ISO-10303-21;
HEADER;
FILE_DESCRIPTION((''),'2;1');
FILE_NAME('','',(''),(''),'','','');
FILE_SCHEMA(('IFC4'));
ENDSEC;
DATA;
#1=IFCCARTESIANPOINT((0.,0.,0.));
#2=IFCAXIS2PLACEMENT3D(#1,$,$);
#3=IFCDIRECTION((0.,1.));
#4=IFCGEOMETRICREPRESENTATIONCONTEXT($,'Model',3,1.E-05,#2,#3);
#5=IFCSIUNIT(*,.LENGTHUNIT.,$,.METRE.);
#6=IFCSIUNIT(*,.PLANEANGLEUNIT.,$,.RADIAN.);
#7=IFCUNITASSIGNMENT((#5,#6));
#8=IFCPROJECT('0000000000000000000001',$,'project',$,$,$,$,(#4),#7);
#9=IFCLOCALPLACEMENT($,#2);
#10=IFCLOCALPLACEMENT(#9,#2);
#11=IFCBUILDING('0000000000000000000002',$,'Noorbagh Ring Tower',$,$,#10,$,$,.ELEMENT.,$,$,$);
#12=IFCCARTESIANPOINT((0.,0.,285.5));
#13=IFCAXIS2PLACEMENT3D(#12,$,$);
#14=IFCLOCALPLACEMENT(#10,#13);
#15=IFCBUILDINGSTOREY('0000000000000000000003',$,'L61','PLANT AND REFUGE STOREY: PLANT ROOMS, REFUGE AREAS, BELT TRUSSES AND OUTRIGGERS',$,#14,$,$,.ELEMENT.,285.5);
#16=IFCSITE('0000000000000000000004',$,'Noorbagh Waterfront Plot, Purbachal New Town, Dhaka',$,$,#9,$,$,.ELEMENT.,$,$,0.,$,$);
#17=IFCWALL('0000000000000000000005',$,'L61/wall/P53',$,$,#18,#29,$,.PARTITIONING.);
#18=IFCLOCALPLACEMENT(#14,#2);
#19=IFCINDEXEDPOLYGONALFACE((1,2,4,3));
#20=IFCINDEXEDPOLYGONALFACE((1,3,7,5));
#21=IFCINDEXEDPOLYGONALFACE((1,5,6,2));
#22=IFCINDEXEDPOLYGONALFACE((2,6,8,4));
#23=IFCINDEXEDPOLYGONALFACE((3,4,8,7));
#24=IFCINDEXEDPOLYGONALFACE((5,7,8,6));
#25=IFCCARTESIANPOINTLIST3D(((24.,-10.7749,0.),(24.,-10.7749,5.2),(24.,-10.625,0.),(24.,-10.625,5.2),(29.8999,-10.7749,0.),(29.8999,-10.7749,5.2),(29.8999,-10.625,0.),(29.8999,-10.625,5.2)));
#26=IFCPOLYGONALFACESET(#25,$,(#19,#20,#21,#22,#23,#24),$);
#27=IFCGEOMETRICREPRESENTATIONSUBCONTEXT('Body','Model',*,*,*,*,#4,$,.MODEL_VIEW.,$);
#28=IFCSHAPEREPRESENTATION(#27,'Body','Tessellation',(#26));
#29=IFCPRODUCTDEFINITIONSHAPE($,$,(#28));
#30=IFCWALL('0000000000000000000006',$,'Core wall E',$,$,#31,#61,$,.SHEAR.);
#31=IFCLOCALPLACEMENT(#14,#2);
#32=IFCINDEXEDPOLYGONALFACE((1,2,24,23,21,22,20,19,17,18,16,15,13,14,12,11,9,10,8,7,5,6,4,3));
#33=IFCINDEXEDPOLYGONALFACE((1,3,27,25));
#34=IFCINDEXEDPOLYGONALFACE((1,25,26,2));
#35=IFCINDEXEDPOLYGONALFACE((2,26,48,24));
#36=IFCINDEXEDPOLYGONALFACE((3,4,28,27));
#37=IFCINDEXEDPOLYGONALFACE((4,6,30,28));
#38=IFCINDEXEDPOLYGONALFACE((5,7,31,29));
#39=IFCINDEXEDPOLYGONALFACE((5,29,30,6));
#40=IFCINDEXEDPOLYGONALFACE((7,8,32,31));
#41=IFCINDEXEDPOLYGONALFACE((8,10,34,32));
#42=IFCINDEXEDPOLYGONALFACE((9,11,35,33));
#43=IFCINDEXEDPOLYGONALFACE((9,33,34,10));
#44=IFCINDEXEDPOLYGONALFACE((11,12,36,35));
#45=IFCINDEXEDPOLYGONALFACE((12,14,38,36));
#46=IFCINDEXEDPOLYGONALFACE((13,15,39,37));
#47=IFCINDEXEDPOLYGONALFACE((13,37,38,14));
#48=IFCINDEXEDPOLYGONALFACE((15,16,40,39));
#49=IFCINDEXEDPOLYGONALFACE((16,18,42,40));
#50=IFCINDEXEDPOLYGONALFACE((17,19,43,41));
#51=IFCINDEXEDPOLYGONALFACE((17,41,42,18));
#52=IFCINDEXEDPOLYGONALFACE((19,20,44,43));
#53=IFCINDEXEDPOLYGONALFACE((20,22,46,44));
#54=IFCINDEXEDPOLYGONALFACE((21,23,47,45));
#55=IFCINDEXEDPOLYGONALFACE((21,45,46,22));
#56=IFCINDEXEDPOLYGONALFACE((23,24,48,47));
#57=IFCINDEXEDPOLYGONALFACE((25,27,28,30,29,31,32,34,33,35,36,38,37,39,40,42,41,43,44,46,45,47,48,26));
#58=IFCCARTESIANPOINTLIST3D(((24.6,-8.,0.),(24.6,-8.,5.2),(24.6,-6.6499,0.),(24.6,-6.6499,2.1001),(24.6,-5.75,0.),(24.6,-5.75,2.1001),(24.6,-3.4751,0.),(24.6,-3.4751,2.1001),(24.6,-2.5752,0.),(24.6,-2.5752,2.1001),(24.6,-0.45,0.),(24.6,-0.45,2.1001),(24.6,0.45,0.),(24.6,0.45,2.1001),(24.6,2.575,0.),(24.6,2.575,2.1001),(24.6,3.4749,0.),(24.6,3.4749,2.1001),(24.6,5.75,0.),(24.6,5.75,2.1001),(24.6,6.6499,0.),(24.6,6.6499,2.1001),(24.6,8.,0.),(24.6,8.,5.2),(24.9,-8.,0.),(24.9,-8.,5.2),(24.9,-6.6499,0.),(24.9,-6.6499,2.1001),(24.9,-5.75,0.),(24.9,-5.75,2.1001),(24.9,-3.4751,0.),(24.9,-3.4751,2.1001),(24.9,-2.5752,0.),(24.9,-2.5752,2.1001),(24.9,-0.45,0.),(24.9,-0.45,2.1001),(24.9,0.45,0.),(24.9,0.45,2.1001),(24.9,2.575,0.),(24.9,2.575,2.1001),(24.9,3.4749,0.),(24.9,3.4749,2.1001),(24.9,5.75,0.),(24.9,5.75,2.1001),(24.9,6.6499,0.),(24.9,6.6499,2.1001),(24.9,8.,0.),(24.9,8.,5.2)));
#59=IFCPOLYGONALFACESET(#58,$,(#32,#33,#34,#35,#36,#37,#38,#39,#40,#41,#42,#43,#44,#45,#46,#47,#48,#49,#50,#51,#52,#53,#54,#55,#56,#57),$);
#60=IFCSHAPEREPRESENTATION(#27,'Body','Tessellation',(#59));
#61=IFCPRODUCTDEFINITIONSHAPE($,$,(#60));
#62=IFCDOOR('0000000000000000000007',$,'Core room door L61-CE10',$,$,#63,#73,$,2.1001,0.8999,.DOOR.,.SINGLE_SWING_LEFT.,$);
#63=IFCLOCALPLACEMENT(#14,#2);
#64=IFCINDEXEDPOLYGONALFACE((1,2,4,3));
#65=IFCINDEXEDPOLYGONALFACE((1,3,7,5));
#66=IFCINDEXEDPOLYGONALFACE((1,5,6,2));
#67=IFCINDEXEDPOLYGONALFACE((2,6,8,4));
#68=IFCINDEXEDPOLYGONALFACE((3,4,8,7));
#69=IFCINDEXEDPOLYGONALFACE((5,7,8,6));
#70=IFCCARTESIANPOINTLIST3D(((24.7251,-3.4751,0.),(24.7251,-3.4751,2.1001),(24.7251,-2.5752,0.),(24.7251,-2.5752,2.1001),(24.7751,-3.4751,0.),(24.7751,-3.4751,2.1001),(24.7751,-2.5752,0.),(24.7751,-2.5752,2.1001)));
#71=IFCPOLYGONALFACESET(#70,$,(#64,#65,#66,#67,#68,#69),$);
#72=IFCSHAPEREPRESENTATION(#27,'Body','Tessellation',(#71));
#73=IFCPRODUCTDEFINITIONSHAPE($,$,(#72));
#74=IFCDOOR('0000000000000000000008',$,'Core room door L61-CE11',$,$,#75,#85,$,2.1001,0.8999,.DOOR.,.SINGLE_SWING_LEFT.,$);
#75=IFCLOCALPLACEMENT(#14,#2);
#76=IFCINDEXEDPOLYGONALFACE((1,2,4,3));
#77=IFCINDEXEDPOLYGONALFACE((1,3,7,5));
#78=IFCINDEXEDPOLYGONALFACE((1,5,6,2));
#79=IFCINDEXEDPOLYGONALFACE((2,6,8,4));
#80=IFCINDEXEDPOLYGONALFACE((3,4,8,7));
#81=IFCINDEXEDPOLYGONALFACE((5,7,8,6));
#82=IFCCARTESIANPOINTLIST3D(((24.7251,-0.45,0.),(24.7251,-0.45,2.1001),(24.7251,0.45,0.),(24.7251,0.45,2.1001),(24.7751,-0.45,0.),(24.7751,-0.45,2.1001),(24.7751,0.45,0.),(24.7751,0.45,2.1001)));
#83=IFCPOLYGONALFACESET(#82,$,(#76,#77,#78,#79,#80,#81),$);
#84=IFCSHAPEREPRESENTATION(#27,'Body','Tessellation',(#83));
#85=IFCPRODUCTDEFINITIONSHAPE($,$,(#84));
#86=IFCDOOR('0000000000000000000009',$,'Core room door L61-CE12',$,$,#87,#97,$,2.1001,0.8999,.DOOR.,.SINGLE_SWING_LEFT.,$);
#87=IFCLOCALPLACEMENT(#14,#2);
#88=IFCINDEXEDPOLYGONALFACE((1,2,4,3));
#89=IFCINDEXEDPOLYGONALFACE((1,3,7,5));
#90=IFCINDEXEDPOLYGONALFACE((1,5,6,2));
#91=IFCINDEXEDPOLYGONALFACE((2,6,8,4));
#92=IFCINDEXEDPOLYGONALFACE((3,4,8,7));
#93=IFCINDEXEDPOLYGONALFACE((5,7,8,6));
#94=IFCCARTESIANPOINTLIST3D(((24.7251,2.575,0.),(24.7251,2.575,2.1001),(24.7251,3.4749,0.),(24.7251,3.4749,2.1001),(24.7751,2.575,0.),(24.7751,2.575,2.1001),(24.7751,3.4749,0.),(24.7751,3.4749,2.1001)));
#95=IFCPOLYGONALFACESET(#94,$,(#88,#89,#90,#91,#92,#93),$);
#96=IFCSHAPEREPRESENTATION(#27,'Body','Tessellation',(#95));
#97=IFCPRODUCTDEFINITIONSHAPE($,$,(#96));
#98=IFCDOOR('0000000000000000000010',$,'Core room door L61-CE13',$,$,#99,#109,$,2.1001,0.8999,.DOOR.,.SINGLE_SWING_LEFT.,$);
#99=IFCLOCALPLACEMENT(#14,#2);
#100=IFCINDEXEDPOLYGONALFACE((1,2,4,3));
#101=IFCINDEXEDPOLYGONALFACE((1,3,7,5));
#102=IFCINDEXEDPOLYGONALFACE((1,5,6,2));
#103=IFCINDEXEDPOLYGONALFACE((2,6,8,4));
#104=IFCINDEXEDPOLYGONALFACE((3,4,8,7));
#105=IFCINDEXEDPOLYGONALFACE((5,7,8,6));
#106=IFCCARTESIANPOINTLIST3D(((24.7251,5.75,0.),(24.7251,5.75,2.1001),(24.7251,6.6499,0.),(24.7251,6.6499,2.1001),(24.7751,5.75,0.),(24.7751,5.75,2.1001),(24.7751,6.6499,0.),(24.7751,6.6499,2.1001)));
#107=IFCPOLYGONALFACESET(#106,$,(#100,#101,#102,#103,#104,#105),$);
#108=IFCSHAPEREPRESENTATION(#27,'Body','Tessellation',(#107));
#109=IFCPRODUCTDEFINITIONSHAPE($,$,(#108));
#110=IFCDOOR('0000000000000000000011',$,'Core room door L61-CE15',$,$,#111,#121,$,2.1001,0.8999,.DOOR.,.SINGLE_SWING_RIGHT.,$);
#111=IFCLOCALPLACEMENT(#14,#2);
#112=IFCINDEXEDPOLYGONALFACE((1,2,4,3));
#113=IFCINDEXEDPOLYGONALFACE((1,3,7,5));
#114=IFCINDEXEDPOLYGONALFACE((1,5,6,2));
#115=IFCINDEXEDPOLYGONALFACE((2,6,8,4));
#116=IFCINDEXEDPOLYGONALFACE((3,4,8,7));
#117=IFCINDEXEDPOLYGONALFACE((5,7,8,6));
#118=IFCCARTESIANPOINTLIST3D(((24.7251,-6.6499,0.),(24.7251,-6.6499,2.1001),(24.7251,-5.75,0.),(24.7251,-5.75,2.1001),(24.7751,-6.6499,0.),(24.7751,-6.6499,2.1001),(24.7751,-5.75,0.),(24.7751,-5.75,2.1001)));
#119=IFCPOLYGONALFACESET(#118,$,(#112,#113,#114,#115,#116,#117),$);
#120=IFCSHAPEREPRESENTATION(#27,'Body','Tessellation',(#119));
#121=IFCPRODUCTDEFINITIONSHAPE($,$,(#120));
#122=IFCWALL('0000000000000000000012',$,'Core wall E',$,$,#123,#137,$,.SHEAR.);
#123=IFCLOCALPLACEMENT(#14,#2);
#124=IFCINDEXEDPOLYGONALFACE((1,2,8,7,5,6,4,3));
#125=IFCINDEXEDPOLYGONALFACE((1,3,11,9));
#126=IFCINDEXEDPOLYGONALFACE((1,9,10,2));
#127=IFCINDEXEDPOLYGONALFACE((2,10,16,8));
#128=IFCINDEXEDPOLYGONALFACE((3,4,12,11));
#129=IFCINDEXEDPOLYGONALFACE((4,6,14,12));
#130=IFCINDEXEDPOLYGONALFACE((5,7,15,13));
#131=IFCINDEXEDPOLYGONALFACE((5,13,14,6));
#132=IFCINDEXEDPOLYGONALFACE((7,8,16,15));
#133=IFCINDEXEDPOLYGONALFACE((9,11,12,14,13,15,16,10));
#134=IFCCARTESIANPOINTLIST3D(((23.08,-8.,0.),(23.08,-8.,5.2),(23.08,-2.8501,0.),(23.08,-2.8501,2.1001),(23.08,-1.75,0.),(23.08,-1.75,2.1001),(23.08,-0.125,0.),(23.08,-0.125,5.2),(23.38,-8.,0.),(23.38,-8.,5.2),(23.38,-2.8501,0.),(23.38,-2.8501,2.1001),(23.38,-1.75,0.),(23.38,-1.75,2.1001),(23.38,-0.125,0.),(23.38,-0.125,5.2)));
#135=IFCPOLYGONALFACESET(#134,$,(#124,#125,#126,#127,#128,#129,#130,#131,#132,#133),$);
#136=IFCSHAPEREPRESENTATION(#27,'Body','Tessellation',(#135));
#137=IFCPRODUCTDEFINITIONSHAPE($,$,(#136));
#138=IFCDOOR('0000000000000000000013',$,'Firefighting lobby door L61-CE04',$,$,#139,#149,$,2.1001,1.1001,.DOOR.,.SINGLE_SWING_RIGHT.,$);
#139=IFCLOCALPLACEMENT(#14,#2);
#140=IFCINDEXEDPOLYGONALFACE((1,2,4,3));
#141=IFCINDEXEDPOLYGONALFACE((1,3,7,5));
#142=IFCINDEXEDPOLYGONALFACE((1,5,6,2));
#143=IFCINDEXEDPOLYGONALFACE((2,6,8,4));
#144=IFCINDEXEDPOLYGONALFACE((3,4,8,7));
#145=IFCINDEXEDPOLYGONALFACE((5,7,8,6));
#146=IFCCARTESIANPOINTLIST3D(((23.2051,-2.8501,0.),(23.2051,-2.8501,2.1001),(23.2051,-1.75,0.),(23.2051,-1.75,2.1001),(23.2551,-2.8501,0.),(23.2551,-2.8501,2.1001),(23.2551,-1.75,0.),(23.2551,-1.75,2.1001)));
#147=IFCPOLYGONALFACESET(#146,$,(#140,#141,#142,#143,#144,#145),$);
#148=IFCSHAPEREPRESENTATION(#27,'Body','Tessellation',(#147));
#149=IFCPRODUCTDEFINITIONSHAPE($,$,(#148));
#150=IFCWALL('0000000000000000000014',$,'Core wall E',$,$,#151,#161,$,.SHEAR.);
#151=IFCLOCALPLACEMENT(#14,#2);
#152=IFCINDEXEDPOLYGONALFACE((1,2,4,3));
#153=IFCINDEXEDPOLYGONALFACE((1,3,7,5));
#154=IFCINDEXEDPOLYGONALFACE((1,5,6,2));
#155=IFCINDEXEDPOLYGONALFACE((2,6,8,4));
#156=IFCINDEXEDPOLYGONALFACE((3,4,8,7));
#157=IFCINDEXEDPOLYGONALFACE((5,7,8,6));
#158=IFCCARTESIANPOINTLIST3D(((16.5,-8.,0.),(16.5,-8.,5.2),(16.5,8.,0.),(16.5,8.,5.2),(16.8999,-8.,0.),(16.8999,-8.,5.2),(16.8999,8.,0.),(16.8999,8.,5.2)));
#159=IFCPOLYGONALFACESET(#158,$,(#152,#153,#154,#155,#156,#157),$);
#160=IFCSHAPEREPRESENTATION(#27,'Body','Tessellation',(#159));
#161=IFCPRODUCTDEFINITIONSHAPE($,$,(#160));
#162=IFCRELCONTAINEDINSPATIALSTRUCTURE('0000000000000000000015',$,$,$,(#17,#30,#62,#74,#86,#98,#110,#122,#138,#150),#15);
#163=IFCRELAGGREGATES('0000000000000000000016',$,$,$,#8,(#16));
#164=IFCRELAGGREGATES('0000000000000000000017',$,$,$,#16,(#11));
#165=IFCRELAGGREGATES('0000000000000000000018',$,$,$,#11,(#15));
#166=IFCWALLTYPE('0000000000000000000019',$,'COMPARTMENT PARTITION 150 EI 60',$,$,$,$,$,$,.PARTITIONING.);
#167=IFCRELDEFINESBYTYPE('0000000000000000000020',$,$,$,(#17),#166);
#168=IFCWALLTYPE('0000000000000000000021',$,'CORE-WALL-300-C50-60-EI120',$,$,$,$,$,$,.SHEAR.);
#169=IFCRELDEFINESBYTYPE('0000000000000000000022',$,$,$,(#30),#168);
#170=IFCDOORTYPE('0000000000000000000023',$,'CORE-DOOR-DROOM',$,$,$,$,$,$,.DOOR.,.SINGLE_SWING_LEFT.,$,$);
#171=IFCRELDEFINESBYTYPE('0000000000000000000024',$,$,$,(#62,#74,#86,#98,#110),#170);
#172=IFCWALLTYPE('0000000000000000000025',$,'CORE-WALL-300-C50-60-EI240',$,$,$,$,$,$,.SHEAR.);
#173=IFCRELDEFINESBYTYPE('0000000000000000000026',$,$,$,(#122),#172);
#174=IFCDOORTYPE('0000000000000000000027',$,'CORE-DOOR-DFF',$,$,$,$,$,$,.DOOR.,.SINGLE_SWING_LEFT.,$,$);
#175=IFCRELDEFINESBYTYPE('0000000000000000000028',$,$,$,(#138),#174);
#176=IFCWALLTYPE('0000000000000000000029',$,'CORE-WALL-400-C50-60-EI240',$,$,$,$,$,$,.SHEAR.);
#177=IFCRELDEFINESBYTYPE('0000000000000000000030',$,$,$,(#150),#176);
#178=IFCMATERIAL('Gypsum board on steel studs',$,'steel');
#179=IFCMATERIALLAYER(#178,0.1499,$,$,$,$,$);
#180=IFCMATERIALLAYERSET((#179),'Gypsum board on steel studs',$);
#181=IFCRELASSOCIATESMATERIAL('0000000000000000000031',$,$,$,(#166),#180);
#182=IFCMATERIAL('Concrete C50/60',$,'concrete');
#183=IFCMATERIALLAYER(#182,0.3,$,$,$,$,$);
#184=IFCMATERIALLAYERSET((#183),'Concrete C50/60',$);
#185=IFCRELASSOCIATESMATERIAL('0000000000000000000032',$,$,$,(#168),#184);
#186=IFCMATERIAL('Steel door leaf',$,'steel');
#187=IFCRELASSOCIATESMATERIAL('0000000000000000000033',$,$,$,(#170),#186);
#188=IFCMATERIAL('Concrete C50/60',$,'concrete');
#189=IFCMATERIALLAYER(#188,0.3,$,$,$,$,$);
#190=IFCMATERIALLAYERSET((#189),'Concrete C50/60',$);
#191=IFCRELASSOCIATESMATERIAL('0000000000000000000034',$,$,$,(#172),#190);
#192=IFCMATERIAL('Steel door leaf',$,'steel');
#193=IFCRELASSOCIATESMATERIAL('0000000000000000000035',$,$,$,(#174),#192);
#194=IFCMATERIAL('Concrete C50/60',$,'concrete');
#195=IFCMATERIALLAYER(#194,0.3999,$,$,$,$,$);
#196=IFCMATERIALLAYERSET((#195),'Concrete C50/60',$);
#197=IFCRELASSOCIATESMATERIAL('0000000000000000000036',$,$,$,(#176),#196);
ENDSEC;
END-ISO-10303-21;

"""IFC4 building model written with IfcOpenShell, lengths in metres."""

from ifc_helpers import new_model, si_unit, direction, frame, frame_2d, origin, place, context, subcontext, project, spatial, rectangle, extrude, material, layer, layer_set, type_object, element, fill, save


model = new_model("IFC4")

# Units and contexts
model_context = context("Model", 3, precision=1e-05, world=origin(), true_north=direction((0.0, 1.0)))
body_context = subcontext(model_context, "Body", "Model", "MODEL_VIEW")
ifc_project = project(units=[si_unit("LENGTHUNIT", "METRE"), si_unit("PLANEANGLEUNIT", "RADIAN")], contexts=[model_context])

# Site, building, storey
site_placement = place(None, origin())
site = spatial("IfcSite", under=ifc_project, at=site_placement, Name="Noorbagh Waterfront Plot, Purbachal New Town, Dhaka", CompositionType="ELEMENT", RefElevation=0.0)
building_placement = place(site_placement, origin())
building = spatial("IfcBuilding", under=site, at=building_placement, Name="Noorbagh Ring Tower", CompositionType="ELEMENT")
storey_placement = place(building_placement, frame((0.0, 0.0, 285.5)))
storey = spatial("IfcBuildingStorey", under=building, at=storey_placement, Name="L61", Description="PLANT AND REFUGE STOREY: PLANT ROOMS, REFUGE AREAS, BELT TRUSSES AND OUTRIGGERS", CompositionType="ELEMENT", Elevation=285.5)

# Wall
ifc_material_1 = material(Name="Gypsum board on steel studs", Category="steel")
ifc_layer_1 = layer(ifc_material_1, 0.1499)
ifc_layer_set_1 = layer_set([ifc_layer_1], Name="Gypsum board on steel studs")
wall_type_1 = type_object("IfcWallType", Name="COMPARTMENT PARTITION 150 EI 60", PredefinedType="PARTITIONING", material=ifc_layer_set_1)
wall_1_placement = place(storey_placement, frame((24.0, -10.7, 0.0), z_axis=(0.0, 0.0, 1.0), x_axis=(1.0, 0.0, 0.0)))
element("IfcWall", 1, at=wall_1_placement, inside=storey, type_object=wall_type_1, Name="L61/wall/P53", PredefinedType="PARTITIONING", context=body_context, shape_type="SweptSolid", body=[
    extrude(rectangle(XDim=5.8999, YDim=0.1499, at=frame_2d((2.95, 0.0))), origin(), (0.0, 0.0, 1.0), 5.2),
])

# Wall, openings, doors
ifc_material_2 = material(Name="Concrete C50/60", Category="concrete")
ifc_layer_2 = layer(ifc_material_2, 0.3)
ifc_layer_set_2 = layer_set([ifc_layer_2], Name="Concrete C50/60")
wall_type_2 = type_object("IfcWallType", Name="CORE-WALL-300-C50-60-EI120", PredefinedType="SHEAR", material=ifc_layer_set_2)
wall_2_placement = place(storey_placement, frame((24.75, -8.0, 0.0), z_axis=(0.0, 0.0, 1.0), x_axis=(0.0, 1.0, 0.0)))
wall_2 = element("IfcWall", 2, at=wall_2_placement, inside=storey, type_object=wall_type_2, Name="Core wall E", PredefinedType="SHEAR", context=body_context, shape_type="SweptSolid", body=[
    extrude(rectangle(XDim=16.0, YDim=0.3, at=frame_2d((8.0, 0.0))), origin(), (0.0, 0.0, 1.0), 5.2),
])
opening_1_placement = place(wall_2_placement, frame((4.5249, 0.0, 0.0)))
opening_1 = element("IfcOpeningElement", 3, at=opening_1_placement, cuts=wall_2, PredefinedType="OPENING", context=body_context, shape_type="SweptSolid", body=[
    extrude(rectangle(XDim=0.8999, YDim=2.1001, at=frame_2d((0.45, 1.05))), frame((0.0, 0.1602, 0.0), z_axis=(0.0, -1.0, 0.0), x_axis=(1.0, 0.0, 0.0)), (0.0, 0.0, 1.0), 0.3201),
])
opening_2_placement = place(wall_2_placement, frame((7.55, 0.0, 0.0)))
opening_2 = element("IfcOpeningElement", 4, at=opening_2_placement, cuts=wall_2, PredefinedType="OPENING", context=body_context, shape_type="SweptSolid", body=[
    extrude(rectangle(XDim=0.8999, YDim=2.1001, at=frame_2d((0.45, 1.05))), frame((0.0, 0.1602, 0.0), z_axis=(0.0, -1.0, 0.0), x_axis=(1.0, 0.0, 0.0)), (0.0, 0.0, 1.0), 0.3201),
])
opening_3_placement = place(wall_2_placement, frame((10.575, 0.0, 0.0)))
opening_3 = element("IfcOpeningElement", 5, at=opening_3_placement, cuts=wall_2, PredefinedType="OPENING", context=body_context, shape_type="SweptSolid", body=[
    extrude(rectangle(XDim=0.8999, YDim=2.1001, at=frame_2d((0.45, 1.05))), frame((0.0, 0.1602, 0.0), z_axis=(0.0, -1.0, 0.0), x_axis=(1.0, 0.0, 0.0)), (0.0, 0.0, 1.0), 0.3201),
])
opening_4_placement = place(wall_2_placement, frame((13.75, 0.0, 0.0)))
opening_4 = element("IfcOpeningElement", 6, at=opening_4_placement, cuts=wall_2, PredefinedType="OPENING", context=body_context, shape_type="SweptSolid", body=[
    extrude(rectangle(XDim=0.8999, YDim=2.1001, at=frame_2d((0.45, 1.05))), frame((0.0, 0.1602, 0.0), z_axis=(0.0, -1.0, 0.0), x_axis=(1.0, 0.0, 0.0)), (0.0, 0.0, 1.0), 0.3201),
])
opening_5_placement = place(wall_2_placement, frame((1.3501, 0.0, 0.0)))
opening_5 = element("IfcOpeningElement", 7, at=opening_5_placement, cuts=wall_2, PredefinedType="OPENING", context=body_context, shape_type="SweptSolid", body=[
    extrude(rectangle(XDim=0.8999, YDim=2.1001, at=frame_2d((0.45, 1.05))), frame((0.0, 0.1602, 0.0), z_axis=(0.0, -1.0, 0.0), x_axis=(1.0, 0.0, 0.0)), (0.0, 0.0, 1.0), 0.3201),
])
ifc_material_3 = material(Name="Steel door leaf", Category="steel")
door_type_1 = type_object("IfcDoorType", Name="CORE-DOOR-DROOM", OperationType="SINGLE_SWING_LEFT", PredefinedType="DOOR", material=ifc_material_3)
door_1_placement = place(opening_1_placement, origin())
door_1 = element("IfcDoor", 8, at=door_1_placement, inside=storey, type_object=door_type_1, Name="Core room door L61-CE10", OperationType="SINGLE_SWING_LEFT", OverallHeight=2.1001, OverallWidth=0.8999, PredefinedType="DOOR", context=body_context, shape_type="SweptSolid", body=[
    extrude(rectangle(XDim=0.8999, YDim=2.1001, at=frame_2d((0.45, 1.05))), frame((0.0, 0.0249, 0.0), z_axis=(0.0, -1.0, 0.0), x_axis=(1.0, 0.0, 0.0)), (0.0, 0.0, 1.0), 0.05),
])
fill(opening_1, door_1)
door_2_placement = place(opening_2_placement, origin())
door_2 = element("IfcDoor", 9, at=door_2_placement, inside=storey, type_object=door_type_1, Name="Core room door L61-CE11", OperationType="SINGLE_SWING_LEFT", OverallHeight=2.1001, OverallWidth=0.8999, PredefinedType="DOOR", context=body_context, shape_type="SweptSolid", body=[
    extrude(rectangle(XDim=0.8999, YDim=2.1001, at=frame_2d((0.45, 1.05))), frame((0.0, 0.0249, 0.0), z_axis=(0.0, -1.0, 0.0), x_axis=(1.0, 0.0, 0.0)), (0.0, 0.0, 1.0), 0.05),
])
fill(opening_2, door_2)
door_3_placement = place(opening_3_placement, origin())
door_3 = element("IfcDoor", 10, at=door_3_placement, inside=storey, type_object=door_type_1, Name="Core room door L61-CE12", OperationType="SINGLE_SWING_LEFT", OverallHeight=2.1001, OverallWidth=0.8999, PredefinedType="DOOR", context=body_context, shape_type="SweptSolid", body=[
    extrude(rectangle(XDim=0.8999, YDim=2.1001, at=frame_2d((0.45, 1.05))), frame((0.0, 0.0249, 0.0), z_axis=(0.0, -1.0, 0.0), x_axis=(1.0, 0.0, 0.0)), (0.0, 0.0, 1.0), 0.05),
])
fill(opening_3, door_3)
door_4_placement = place(opening_4_placement, origin())
door_4 = element("IfcDoor", 11, at=door_4_placement, inside=storey, type_object=door_type_1, Name="Core room door L61-CE13", OperationType="SINGLE_SWING_LEFT", OverallHeight=2.1001, OverallWidth=0.8999, PredefinedType="DOOR", context=body_context, shape_type="SweptSolid", body=[
    extrude(rectangle(XDim=0.8999, YDim=2.1001, at=frame_2d((0.45, 1.05))), frame((0.0, 0.0249, 0.0), z_axis=(0.0, -1.0, 0.0), x_axis=(1.0, 0.0, 0.0)), (0.0, 0.0, 1.0), 0.05),
])
fill(opening_4, door_4)
door_5_placement = place(opening_5_placement, origin())
door_5 = element("IfcDoor", 12, at=door_5_placement, inside=storey, type_object=door_type_1, Name="Core room door L61-CE15", OperationType="SINGLE_SWING_RIGHT", OverallHeight=2.1001, OverallWidth=0.8999, PredefinedType="DOOR", context=body_context, shape_type="SweptSolid", body=[
    extrude(rectangle(XDim=0.8999, YDim=2.1001, at=frame_2d((0.45, 1.05))), frame((0.0, 0.0249, 0.0), z_axis=(0.0, -1.0, 0.0), x_axis=(1.0, 0.0, 0.0)), (0.0, 0.0, 1.0), 0.05),
])
fill(opening_5, door_5)

# Wall, opening, door
ifc_material_4 = material(Name="Concrete C50/60", Category="concrete")
ifc_layer_3 = layer(ifc_material_4, 0.3)
ifc_layer_set_3 = layer_set([ifc_layer_3], Name="Concrete C50/60")
wall_type_3 = type_object("IfcWallType", Name="CORE-WALL-300-C50-60-EI240", PredefinedType="SHEAR", material=ifc_layer_set_3)
wall_3_placement = place(storey_placement, frame((23.23, -8.0, 0.0), z_axis=(0.0, 0.0, 1.0), x_axis=(0.0, 1.0, 0.0)))
wall_3 = element("IfcWall", 13, at=wall_3_placement, inside=storey, type_object=wall_type_3, Name="Core wall E", PredefinedType="SHEAR", context=body_context, shape_type="SweptSolid", body=[
    extrude(rectangle(XDim=7.875, YDim=0.3, at=frame_2d((3.9375, 0.0))), origin(), (0.0, 0.0, 1.0), 5.2),
])
opening_6_placement = place(wall_3_placement, frame((5.1499, 0.0, 0.0)))
opening_6 = element("IfcOpeningElement", 14, at=opening_6_placement, cuts=wall_3, PredefinedType="OPENING", context=body_context, shape_type="SweptSolid", body=[
    extrude(rectangle(XDim=1.1001, YDim=2.1001, at=frame_2d((0.55, 1.05))), frame((0.0, 0.1602, 0.0), z_axis=(0.0, -1.0, 0.0), x_axis=(1.0, 0.0, 0.0)), (0.0, 0.0, 1.0), 0.3201),
])
ifc_material_5 = material(Name="Steel door leaf", Category="steel")
door_type_2 = type_object("IfcDoorType", Name="CORE-DOOR-DFF", OperationType="SINGLE_SWING_LEFT", PredefinedType="DOOR", material=ifc_material_5)
door_6_placement = place(opening_6_placement, origin())
door_6 = element("IfcDoor", 15, at=door_6_placement, inside=storey, type_object=door_type_2, Name="Firefighting lobby door L61-CE04", OperationType="SINGLE_SWING_RIGHT", OverallHeight=2.1001, OverallWidth=1.1001, PredefinedType="DOOR", context=body_context, shape_type="SweptSolid", body=[
    extrude(rectangle(XDim=1.1001, YDim=2.1001, at=frame_2d((0.55, 1.05))), frame((0.0, 0.0249, 0.0), z_axis=(0.0, -1.0, 0.0), x_axis=(1.0, 0.0, 0.0)), (0.0, 0.0, 1.0), 0.05),
])
fill(opening_6, door_6)

# Wall
ifc_material_6 = material(Name="Concrete C50/60", Category="concrete")
ifc_layer_4 = layer(ifc_material_6, 0.3999)
ifc_layer_set_4 = layer_set([ifc_layer_4], Name="Concrete C50/60")
wall_type_4 = type_object("IfcWallType", Name="CORE-WALL-400-C50-60-EI240", PredefinedType="SHEAR", material=ifc_layer_set_4)
wall_4_placement = place(storey_placement, frame((16.7, -8.0, 0.0), z_axis=(0.0, 0.0, 1.0), x_axis=(0.0, 1.0, 0.0)))
element("IfcWall", 16, at=wall_4_placement, inside=storey, type_object=wall_type_4, Name="Core wall E", PredefinedType="SHEAR", context=body_context, shape_type="SweptSolid", body=[
    extrude(rectangle(XDim=16.0, YDim=0.3999, at=frame_2d((8.0, 0.0))), origin(), (0.0, 0.0, 1.0), 5.2),
])

save(model, "model.ifc")
